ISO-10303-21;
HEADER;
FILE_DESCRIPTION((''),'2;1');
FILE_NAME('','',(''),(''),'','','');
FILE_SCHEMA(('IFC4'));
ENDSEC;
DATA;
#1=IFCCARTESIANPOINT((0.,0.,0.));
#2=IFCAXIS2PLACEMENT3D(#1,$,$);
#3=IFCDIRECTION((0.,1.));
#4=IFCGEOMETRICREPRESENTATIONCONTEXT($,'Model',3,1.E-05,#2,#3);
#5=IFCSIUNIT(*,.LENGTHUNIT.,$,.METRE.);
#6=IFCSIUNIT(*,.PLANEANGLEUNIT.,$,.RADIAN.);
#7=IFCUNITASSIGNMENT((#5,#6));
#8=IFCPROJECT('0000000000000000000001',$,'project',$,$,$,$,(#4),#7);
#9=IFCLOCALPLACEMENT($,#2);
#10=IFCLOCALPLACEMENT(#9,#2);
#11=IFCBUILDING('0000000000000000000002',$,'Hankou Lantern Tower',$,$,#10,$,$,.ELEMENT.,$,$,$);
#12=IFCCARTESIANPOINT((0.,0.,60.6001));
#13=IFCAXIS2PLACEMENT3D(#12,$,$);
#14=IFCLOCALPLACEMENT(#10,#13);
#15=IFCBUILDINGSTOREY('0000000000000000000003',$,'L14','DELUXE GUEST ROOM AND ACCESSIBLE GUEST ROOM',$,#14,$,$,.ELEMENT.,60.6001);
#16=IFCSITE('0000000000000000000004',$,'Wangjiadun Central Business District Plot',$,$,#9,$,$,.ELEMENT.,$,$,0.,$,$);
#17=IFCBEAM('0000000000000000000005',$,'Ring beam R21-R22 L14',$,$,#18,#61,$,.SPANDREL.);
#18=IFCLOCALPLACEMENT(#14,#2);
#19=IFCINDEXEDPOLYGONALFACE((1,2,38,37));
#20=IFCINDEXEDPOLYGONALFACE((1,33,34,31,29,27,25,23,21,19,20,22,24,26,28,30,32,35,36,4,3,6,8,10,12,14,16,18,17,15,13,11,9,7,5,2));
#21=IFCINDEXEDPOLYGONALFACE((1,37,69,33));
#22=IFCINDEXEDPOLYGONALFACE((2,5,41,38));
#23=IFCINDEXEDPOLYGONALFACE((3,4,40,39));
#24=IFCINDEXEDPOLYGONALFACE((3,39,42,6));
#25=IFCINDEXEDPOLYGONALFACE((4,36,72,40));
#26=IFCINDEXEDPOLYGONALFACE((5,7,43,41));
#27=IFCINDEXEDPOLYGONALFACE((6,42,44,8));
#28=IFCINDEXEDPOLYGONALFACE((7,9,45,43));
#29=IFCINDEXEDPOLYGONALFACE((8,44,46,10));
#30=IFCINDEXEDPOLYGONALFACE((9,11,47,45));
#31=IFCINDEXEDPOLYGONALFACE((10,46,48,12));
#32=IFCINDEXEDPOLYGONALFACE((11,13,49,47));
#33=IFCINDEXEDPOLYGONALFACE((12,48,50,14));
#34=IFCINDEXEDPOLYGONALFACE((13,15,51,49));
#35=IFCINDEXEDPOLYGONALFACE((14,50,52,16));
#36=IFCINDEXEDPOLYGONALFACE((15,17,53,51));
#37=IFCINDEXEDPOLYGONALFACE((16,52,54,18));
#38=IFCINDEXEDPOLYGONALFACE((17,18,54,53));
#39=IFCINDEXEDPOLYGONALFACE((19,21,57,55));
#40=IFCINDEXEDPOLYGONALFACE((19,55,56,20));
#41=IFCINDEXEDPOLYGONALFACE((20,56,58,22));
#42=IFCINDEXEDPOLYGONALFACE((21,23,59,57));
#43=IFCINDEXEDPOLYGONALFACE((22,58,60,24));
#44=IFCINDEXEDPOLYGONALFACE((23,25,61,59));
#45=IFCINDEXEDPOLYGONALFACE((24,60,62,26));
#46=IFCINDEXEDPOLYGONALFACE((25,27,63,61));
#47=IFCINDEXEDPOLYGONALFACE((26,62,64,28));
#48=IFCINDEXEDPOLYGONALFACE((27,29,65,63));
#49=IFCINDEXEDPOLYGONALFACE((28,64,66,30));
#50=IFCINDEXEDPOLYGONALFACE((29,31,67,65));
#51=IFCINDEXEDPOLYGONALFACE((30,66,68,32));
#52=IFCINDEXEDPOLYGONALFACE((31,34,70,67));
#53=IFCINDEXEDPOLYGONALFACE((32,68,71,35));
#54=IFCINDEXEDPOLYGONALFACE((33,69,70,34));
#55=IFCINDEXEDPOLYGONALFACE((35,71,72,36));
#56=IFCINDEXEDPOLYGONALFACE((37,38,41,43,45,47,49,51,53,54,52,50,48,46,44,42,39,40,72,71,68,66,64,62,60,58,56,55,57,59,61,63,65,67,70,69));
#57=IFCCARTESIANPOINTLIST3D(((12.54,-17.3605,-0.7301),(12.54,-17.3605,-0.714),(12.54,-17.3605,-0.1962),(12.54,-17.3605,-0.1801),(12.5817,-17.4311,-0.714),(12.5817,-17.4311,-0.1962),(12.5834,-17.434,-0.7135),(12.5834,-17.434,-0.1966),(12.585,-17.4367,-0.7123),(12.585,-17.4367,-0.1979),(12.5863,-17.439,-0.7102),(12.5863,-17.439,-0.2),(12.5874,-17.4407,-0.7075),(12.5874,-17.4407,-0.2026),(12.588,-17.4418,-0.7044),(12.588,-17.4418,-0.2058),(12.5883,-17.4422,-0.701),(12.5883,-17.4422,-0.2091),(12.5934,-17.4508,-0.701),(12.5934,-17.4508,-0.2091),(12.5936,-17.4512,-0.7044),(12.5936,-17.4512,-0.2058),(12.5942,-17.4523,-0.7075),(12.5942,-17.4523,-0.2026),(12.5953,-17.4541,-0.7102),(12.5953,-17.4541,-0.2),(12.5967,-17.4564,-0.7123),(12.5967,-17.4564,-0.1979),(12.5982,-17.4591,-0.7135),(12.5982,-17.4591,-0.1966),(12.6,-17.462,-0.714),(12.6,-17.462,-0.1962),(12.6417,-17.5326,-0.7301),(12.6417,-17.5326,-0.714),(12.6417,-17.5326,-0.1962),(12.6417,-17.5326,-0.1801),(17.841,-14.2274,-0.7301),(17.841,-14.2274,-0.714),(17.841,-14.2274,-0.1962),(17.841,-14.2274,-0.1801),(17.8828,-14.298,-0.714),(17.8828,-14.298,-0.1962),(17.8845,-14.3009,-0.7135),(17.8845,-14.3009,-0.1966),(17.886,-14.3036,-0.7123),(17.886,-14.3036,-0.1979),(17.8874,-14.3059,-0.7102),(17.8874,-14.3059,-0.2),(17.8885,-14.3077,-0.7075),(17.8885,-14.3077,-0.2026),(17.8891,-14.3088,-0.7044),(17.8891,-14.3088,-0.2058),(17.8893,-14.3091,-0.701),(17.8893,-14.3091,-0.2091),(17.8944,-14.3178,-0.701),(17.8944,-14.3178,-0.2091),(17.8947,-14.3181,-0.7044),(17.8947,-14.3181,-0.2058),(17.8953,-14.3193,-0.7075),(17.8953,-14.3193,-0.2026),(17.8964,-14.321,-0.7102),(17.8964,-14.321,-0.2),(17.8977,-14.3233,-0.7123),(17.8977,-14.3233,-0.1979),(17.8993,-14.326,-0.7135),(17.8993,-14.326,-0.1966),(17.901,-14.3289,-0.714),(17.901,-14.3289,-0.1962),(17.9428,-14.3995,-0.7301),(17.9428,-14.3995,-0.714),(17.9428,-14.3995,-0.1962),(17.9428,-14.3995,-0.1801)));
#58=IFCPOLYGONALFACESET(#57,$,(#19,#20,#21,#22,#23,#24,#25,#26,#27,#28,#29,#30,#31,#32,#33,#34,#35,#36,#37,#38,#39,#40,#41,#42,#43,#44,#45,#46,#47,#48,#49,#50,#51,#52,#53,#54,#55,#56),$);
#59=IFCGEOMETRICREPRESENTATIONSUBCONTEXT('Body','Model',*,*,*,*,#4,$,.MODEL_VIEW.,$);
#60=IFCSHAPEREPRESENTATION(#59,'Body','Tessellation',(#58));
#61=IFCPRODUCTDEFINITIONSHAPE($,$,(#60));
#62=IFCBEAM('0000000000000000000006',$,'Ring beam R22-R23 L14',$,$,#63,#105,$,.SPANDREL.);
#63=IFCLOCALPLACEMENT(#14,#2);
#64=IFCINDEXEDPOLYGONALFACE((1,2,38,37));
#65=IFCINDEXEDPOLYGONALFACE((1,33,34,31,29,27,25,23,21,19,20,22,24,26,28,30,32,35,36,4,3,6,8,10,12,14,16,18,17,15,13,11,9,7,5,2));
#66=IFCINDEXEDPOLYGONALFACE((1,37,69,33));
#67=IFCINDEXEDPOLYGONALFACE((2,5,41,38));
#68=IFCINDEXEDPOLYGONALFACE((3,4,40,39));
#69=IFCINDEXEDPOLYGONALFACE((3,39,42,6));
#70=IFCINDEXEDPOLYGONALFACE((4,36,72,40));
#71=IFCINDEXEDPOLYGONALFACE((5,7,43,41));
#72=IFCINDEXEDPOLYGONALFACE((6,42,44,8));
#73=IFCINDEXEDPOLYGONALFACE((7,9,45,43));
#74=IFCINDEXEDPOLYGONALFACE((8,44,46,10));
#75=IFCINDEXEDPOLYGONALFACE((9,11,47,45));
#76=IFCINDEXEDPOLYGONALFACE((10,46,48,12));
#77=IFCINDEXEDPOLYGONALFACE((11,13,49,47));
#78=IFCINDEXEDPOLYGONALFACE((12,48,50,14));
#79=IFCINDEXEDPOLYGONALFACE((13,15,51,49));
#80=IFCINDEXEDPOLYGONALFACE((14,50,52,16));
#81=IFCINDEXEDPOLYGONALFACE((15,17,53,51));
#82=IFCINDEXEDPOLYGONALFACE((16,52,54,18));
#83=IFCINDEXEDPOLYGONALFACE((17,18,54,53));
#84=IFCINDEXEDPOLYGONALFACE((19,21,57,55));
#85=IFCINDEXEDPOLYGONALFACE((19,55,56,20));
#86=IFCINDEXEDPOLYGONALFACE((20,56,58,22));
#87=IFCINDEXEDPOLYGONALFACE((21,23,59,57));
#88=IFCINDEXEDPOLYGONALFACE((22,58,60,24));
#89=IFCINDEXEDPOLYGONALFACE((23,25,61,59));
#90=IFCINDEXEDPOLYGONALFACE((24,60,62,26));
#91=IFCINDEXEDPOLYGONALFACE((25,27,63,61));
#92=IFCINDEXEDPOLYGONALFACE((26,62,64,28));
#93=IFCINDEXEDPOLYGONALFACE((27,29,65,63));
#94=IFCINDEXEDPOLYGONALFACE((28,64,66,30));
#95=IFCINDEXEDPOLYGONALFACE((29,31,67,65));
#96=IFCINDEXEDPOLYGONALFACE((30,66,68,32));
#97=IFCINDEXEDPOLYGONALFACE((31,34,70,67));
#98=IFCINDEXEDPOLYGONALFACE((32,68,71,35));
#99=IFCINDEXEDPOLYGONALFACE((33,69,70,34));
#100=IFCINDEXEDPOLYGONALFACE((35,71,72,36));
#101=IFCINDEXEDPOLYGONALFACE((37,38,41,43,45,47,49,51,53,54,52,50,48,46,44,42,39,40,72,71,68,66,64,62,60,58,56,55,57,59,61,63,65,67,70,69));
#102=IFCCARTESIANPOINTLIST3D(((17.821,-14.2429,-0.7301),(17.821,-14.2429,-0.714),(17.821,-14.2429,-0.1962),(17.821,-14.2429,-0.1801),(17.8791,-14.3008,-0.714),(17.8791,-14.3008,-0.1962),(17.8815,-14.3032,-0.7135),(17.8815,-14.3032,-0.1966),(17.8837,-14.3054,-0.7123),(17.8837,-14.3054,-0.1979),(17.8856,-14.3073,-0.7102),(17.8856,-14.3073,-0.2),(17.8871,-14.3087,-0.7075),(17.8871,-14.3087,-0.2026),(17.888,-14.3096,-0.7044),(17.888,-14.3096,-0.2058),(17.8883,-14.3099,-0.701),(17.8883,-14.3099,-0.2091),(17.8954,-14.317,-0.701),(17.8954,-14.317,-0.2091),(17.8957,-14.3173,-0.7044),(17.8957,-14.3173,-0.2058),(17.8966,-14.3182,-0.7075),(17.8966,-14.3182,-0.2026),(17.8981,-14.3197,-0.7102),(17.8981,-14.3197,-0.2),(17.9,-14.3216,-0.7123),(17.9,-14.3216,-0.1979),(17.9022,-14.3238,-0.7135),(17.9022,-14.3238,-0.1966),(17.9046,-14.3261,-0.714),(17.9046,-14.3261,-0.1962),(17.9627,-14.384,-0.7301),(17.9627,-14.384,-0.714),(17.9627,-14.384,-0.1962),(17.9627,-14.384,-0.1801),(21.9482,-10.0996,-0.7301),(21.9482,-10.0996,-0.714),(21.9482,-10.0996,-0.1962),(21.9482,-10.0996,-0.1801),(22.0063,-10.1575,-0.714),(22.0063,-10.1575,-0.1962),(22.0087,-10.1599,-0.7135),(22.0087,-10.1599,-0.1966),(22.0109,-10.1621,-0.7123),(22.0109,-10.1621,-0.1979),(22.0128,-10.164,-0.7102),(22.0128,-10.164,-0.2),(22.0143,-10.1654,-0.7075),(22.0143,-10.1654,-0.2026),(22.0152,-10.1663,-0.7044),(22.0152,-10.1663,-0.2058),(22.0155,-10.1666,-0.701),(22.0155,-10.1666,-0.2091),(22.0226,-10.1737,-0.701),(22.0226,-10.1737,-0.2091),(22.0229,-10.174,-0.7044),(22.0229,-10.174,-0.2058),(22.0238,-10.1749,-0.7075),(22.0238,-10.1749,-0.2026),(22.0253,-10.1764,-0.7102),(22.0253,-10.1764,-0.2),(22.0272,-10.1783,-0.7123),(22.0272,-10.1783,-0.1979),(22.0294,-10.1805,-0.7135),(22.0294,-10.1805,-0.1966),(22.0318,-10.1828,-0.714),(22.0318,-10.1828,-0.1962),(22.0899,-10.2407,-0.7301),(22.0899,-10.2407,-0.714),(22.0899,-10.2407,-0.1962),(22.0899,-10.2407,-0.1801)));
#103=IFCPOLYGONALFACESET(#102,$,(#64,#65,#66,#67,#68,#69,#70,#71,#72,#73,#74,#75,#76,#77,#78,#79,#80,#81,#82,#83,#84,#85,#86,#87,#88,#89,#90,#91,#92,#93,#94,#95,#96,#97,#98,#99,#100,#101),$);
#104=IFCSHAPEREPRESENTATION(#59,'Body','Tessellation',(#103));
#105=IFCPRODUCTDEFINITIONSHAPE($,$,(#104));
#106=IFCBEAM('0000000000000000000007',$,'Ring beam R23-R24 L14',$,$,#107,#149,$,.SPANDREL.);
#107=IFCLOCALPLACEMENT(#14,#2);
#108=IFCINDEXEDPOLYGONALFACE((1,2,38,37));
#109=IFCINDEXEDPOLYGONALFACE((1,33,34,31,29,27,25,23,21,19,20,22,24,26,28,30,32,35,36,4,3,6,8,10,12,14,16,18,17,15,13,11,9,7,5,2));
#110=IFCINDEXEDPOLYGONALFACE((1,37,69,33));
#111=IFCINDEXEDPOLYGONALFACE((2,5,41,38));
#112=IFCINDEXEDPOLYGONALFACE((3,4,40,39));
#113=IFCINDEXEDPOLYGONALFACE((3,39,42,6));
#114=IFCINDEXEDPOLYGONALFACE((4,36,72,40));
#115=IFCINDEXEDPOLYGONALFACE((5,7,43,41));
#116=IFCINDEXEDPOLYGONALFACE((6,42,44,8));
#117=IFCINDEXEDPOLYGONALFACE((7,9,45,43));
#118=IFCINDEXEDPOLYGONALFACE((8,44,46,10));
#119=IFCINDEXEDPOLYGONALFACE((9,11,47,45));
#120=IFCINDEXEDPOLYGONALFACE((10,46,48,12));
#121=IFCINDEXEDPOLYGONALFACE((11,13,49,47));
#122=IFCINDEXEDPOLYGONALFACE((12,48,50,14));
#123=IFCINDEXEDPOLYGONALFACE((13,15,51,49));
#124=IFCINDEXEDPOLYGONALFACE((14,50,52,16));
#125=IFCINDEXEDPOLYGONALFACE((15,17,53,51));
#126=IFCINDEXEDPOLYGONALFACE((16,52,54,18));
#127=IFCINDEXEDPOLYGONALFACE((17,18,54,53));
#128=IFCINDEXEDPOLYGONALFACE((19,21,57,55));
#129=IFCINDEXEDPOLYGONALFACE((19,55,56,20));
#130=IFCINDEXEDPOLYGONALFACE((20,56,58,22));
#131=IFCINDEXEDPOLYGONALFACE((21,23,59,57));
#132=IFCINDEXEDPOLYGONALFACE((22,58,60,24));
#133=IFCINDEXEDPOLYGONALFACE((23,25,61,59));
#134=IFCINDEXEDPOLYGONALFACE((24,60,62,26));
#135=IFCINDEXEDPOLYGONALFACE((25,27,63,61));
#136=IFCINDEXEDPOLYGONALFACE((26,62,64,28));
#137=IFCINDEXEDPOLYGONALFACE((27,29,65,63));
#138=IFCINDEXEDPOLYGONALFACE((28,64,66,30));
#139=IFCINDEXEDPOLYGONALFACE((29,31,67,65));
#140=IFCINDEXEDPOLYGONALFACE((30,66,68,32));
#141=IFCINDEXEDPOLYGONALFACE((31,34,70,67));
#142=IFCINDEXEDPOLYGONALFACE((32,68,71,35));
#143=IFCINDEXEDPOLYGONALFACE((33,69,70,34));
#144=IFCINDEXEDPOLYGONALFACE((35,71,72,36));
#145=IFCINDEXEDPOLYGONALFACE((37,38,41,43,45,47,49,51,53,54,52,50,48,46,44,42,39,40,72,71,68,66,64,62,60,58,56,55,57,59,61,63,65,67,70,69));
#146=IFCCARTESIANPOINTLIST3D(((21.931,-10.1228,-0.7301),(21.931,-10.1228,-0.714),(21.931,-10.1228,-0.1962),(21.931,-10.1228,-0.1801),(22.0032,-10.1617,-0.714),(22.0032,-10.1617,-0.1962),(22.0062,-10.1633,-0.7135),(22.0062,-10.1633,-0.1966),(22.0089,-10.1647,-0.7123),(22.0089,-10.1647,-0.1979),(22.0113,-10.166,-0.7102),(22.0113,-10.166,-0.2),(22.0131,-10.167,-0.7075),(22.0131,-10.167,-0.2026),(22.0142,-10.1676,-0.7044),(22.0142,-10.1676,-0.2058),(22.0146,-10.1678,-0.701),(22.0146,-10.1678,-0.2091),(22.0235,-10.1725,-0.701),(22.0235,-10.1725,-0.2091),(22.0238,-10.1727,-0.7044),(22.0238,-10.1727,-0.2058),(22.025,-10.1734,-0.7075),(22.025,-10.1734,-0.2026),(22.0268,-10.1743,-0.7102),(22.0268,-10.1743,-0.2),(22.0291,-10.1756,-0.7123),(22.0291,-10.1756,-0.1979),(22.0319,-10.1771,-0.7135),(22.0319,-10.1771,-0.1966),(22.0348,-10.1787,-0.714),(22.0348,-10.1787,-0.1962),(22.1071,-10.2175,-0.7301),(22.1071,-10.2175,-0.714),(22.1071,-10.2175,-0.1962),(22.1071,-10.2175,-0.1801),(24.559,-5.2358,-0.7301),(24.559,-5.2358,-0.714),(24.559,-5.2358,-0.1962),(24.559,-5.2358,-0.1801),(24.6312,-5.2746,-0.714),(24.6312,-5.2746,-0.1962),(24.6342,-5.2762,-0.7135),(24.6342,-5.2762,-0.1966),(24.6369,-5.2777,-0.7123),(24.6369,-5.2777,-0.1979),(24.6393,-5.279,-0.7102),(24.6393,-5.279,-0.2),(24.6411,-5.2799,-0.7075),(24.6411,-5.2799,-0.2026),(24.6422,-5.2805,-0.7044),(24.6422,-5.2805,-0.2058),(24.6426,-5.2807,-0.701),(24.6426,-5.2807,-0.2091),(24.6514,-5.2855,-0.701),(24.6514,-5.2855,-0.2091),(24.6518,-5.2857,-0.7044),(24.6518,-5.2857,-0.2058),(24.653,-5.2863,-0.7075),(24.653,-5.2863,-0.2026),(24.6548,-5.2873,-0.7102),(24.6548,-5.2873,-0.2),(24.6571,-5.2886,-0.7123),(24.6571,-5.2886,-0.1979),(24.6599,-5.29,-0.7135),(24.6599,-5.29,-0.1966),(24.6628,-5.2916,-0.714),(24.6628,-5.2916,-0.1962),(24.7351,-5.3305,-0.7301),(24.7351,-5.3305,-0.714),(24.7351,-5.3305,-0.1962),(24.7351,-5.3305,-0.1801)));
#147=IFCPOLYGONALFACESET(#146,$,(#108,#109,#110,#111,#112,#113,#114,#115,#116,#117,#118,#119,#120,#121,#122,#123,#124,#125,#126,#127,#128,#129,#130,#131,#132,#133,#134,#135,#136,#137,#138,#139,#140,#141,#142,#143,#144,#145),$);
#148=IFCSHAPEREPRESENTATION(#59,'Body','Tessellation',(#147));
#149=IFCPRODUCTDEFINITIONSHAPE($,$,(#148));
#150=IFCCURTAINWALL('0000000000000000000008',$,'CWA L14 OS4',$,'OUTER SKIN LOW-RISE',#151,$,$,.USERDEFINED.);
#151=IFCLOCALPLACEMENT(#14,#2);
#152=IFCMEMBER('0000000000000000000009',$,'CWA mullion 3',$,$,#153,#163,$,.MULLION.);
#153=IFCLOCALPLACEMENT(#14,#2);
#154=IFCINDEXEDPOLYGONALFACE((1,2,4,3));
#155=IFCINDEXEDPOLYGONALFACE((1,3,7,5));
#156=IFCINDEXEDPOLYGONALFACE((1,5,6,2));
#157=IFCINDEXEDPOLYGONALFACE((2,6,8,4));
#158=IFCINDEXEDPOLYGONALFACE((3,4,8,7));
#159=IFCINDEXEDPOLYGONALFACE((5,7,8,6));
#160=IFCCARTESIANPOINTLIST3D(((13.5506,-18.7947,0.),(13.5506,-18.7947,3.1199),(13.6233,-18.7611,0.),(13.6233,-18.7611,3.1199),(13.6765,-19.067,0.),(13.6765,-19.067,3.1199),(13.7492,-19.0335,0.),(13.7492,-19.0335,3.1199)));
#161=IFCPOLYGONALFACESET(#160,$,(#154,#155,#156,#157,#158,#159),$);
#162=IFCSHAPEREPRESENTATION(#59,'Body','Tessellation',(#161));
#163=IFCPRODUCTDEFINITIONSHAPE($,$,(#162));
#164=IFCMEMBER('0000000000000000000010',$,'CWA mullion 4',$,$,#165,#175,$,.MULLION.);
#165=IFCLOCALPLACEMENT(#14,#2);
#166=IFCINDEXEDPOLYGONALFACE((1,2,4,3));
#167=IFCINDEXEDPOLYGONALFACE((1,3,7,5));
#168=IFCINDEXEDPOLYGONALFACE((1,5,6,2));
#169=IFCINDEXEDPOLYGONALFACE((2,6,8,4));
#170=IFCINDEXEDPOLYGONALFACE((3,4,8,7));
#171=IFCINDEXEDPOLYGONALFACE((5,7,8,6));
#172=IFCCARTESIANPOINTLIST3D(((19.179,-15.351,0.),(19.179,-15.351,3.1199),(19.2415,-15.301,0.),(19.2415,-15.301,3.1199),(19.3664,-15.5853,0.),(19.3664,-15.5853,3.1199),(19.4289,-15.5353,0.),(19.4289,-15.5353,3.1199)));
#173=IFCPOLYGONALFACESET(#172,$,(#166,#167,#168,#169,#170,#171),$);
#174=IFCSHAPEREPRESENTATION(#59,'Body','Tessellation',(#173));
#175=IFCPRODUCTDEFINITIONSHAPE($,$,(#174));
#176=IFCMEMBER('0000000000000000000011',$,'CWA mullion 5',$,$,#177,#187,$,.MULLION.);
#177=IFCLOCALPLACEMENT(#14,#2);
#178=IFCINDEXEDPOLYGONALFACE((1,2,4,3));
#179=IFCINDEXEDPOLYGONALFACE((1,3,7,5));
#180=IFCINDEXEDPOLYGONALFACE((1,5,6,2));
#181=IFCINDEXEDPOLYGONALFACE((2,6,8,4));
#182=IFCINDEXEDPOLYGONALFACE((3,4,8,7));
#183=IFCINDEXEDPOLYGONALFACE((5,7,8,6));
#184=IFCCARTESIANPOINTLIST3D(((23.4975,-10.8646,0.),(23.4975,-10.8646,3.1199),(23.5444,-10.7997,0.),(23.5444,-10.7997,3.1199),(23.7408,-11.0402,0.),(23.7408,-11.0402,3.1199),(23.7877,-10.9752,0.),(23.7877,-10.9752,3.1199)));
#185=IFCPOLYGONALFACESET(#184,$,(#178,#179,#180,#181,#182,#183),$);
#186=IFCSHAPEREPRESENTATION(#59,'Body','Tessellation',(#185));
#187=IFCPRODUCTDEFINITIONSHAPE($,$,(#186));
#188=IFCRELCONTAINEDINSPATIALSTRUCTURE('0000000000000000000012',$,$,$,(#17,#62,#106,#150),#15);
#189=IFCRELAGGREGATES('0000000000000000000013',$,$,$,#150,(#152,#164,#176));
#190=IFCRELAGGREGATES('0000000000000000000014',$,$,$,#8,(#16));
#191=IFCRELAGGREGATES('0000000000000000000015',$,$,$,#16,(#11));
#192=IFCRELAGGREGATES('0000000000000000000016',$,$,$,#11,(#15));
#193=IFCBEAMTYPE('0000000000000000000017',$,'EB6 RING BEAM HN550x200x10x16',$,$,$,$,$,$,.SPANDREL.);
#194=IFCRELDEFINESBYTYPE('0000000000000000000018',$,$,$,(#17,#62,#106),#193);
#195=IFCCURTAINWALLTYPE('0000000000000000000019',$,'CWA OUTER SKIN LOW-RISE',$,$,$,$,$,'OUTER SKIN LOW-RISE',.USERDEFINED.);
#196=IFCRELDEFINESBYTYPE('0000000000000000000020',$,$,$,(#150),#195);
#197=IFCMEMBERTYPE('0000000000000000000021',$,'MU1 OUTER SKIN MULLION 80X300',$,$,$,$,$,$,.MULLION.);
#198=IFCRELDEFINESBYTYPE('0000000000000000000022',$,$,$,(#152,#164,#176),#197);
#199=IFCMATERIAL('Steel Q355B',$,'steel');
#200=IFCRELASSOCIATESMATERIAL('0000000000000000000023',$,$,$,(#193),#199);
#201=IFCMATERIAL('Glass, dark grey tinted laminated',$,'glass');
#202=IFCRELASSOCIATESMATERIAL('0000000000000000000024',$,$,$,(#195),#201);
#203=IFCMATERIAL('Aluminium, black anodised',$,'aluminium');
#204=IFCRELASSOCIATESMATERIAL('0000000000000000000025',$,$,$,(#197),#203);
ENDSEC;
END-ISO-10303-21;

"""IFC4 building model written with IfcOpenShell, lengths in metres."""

from ifc_helpers import new_model, si_unit, direction, frame, origin, origin_2d, place, context, subcontext, project, spatial, rectangle, i_section, extrude, material, material_profile, profile_set, type_object, element, aggregate, save


model = new_model("IFC4")

# Units and contexts
model_context = context("Model", 3, precision=1e-05, world=origin(), true_north=direction((0.0, 1.0)))
body_context = subcontext(model_context, "Body", "Model", "MODEL_VIEW")
ifc_project = project(units=[si_unit("LENGTHUNIT", "METRE"), si_unit("PLANEANGLEUNIT", "RADIAN")], contexts=[model_context])

# Site, building, storey
site_placement = place(None, origin())
site = spatial("IfcSite", under=ifc_project, at=site_placement, Name="Wangjiadun Central Business District Plot", CompositionType="ELEMENT", RefElevation=0.0)
building_placement = place(site_placement, origin())
building = spatial("IfcBuilding", under=site, at=building_placement, Name="Hankou Lantern Tower", CompositionType="ELEMENT")
storey_placement = place(building_placement, frame((0.0, 0.0, 60.6001)))
storey = spatial("IfcBuildingStorey", under=building, at=storey_placement, Name="L14", Description="DELUXE GUEST ROOM AND ACCESSIBLE GUEST ROOM", CompositionType="ELEMENT", Elevation=60.6001)

# Beams
ifc_material_1 = material(Name="Steel Q355B", Category="steel")
ifc_material_profile_1 = material_profile(ifc_material_1, i_section(OverallWidth=0.2, OverallDepth=0.55, WebThickness=0.01, FlangeThickness=0.0161, FilletRadius=0.0129, at=origin_2d()), Name="HN550x200x10x16")
ifc_profile_set_1 = profile_set([ifc_material_profile_1], Name="Steel Q355B")
beam_type_1 = type_object("IfcBeamType", Name="EB6 RING BEAM HN550x200x10x16", PredefinedType="SPANDREL", material=ifc_profile_set_1)
beam_1_placement = place(storey_placement, frame((12.5908, -17.4465, -0.4551), z_axis=(0.860882, 0.508805, 0.0), x_axis=(-0.508805, 0.860882, 0.0)))
element("IfcBeam", 1, at=beam_1_placement, inside=storey, type_object=beam_type_1, Name="Ring beam R21-R22 L14", PredefinedType="SPANDREL", context=body_context, shape_type="SweptSolid", body=[
    extrude(i_section(OverallWidth=0.2, OverallDepth=0.55, WebThickness=0.01, FlangeThickness=0.0161, FilletRadius=0.0129, at=origin_2d()), origin(), (0.0, 0.0, 1.0), 6.1577),
])
beam_2_placement = place(storey_placement, frame((17.8918, -14.3135, -0.4551), z_axis=(0.705728, 0.708483, 0.0), x_axis=(-0.708483, 0.705728, 0.0)))
element("IfcBeam", 2, at=beam_2_placement, inside=storey, type_object=beam_type_1, Name="Ring beam R22-R23 L14", PredefinedType="SPANDREL", context=body_context, shape_type="SweptSolid", body=[
    extrude(i_section(OverallWidth=0.2, OverallDepth=0.55, WebThickness=0.01, FlangeThickness=0.0161, FilletRadius=0.0129, at=origin_2d()), origin(), (0.0, 0.0, 1.0), 5.8481),
])
beam_3_placement = place(storey_placement, frame((22.019, -10.1702, -0.4551), z_axis=(0.473609, 0.880735, 0.0), x_axis=(-0.880735, 0.473609, 0.0)))
element("IfcBeam", 3, at=beam_3_placement, inside=storey, type_object=beam_type_1, Name="Ring beam R23-R24 L14", PredefinedType="SPANDREL", context=body_context, shape_type="SweptSolid", body=[
    extrude(i_section(OverallWidth=0.2, OverallDepth=0.55, WebThickness=0.01, FlangeThickness=0.0161, FilletRadius=0.0129, at=origin_2d()), origin(), (0.0, 0.0, 1.0), 5.5488),
])

# Curtain wall, members
ifc_material_2 = material(Name="Glass, dark grey tinted laminated", Category="glass")
curtain_wall_type = type_object("IfcCurtainWallType", Name="CWA OUTER SKIN LOW-RISE", ElementType="OUTER SKIN LOW-RISE", PredefinedType="USERDEFINED", material=ifc_material_2)
curtain_wall_placement = place(storey_placement, origin())
curtain_wall = element("IfcCurtainWall", 4, at=curtain_wall_placement, inside=storey, type_object=curtain_wall_type, Name="CWA L14 OS4", ObjectType="OUTER SKIN LOW-RISE", PredefinedType="USERDEFINED")
ifc_material_3 = material(Name="Aluminium, black anodised", Category="aluminium")
ifc_material_profile_2 = material_profile(ifc_material_3, rectangle(XDim=0.0801, YDim=0.3, at=origin_2d()), Name="MU1 80X300")
ifc_profile_set_2 = profile_set([ifc_material_profile_2], Name="Aluminium, black anodised")
member_type_1 = type_object("IfcMemberType", Name="MU1 OUTER SKIN MULLION 80X300", PredefinedType="MULLION", material=ifc_profile_set_2)
member_1_placement = place(storey_placement, frame((13.6499, -18.9141, 0.0), z_axis=(0.0, 0.0, 1.0), x_axis=(0.907841, 0.419314, 0.0)))
member_1 = element("IfcMember", 5, at=member_1_placement, type_object=member_type_1, Name="CWA mullion 3", PredefinedType="MULLION", context=body_context, shape_type="SweptSolid", body=[
    extrude(rectangle(XDim=0.0801, YDim=0.3, at=origin_2d()), origin(), (0.0, 0.0, 1.0), 3.1199),
])
member_2_placement = place(storey_placement, frame((19.304, -15.4431, 0.0), z_axis=(0.0, 0.0, 1.0), x_axis=(0.780869, 0.624695, 0.0)))
member_2 = element("IfcMember", 6, at=member_2_placement, type_object=member_type_1, Name="CWA mullion 4", PredefinedType="MULLION", context=body_context, shape_type="SweptSolid", body=[
    extrude(rectangle(XDim=0.0801, YDim=0.3, at=origin_2d()), origin(), (0.0, 0.0, 1.0), 3.1199),
])
member_3_placement = place(storey_placement, frame((23.6426, -10.9199, 0.0), z_axis=(0.0, 0.0, 1.0), x_axis=(0.585206, 0.810885, 0.0)))
member_3 = element("IfcMember", 7, at=member_3_placement, type_object=member_type_1, Name="CWA mullion 5", PredefinedType="MULLION", context=body_context, shape_type="SweptSolid", body=[
    extrude(rectangle(XDim=0.0801, YDim=0.3, at=origin_2d()), origin(), (0.0, 0.0, 1.0), 3.1199),
])

aggregate(curtain_wall, [member_1, member_2, member_3])

save(model, "model.ifc")
